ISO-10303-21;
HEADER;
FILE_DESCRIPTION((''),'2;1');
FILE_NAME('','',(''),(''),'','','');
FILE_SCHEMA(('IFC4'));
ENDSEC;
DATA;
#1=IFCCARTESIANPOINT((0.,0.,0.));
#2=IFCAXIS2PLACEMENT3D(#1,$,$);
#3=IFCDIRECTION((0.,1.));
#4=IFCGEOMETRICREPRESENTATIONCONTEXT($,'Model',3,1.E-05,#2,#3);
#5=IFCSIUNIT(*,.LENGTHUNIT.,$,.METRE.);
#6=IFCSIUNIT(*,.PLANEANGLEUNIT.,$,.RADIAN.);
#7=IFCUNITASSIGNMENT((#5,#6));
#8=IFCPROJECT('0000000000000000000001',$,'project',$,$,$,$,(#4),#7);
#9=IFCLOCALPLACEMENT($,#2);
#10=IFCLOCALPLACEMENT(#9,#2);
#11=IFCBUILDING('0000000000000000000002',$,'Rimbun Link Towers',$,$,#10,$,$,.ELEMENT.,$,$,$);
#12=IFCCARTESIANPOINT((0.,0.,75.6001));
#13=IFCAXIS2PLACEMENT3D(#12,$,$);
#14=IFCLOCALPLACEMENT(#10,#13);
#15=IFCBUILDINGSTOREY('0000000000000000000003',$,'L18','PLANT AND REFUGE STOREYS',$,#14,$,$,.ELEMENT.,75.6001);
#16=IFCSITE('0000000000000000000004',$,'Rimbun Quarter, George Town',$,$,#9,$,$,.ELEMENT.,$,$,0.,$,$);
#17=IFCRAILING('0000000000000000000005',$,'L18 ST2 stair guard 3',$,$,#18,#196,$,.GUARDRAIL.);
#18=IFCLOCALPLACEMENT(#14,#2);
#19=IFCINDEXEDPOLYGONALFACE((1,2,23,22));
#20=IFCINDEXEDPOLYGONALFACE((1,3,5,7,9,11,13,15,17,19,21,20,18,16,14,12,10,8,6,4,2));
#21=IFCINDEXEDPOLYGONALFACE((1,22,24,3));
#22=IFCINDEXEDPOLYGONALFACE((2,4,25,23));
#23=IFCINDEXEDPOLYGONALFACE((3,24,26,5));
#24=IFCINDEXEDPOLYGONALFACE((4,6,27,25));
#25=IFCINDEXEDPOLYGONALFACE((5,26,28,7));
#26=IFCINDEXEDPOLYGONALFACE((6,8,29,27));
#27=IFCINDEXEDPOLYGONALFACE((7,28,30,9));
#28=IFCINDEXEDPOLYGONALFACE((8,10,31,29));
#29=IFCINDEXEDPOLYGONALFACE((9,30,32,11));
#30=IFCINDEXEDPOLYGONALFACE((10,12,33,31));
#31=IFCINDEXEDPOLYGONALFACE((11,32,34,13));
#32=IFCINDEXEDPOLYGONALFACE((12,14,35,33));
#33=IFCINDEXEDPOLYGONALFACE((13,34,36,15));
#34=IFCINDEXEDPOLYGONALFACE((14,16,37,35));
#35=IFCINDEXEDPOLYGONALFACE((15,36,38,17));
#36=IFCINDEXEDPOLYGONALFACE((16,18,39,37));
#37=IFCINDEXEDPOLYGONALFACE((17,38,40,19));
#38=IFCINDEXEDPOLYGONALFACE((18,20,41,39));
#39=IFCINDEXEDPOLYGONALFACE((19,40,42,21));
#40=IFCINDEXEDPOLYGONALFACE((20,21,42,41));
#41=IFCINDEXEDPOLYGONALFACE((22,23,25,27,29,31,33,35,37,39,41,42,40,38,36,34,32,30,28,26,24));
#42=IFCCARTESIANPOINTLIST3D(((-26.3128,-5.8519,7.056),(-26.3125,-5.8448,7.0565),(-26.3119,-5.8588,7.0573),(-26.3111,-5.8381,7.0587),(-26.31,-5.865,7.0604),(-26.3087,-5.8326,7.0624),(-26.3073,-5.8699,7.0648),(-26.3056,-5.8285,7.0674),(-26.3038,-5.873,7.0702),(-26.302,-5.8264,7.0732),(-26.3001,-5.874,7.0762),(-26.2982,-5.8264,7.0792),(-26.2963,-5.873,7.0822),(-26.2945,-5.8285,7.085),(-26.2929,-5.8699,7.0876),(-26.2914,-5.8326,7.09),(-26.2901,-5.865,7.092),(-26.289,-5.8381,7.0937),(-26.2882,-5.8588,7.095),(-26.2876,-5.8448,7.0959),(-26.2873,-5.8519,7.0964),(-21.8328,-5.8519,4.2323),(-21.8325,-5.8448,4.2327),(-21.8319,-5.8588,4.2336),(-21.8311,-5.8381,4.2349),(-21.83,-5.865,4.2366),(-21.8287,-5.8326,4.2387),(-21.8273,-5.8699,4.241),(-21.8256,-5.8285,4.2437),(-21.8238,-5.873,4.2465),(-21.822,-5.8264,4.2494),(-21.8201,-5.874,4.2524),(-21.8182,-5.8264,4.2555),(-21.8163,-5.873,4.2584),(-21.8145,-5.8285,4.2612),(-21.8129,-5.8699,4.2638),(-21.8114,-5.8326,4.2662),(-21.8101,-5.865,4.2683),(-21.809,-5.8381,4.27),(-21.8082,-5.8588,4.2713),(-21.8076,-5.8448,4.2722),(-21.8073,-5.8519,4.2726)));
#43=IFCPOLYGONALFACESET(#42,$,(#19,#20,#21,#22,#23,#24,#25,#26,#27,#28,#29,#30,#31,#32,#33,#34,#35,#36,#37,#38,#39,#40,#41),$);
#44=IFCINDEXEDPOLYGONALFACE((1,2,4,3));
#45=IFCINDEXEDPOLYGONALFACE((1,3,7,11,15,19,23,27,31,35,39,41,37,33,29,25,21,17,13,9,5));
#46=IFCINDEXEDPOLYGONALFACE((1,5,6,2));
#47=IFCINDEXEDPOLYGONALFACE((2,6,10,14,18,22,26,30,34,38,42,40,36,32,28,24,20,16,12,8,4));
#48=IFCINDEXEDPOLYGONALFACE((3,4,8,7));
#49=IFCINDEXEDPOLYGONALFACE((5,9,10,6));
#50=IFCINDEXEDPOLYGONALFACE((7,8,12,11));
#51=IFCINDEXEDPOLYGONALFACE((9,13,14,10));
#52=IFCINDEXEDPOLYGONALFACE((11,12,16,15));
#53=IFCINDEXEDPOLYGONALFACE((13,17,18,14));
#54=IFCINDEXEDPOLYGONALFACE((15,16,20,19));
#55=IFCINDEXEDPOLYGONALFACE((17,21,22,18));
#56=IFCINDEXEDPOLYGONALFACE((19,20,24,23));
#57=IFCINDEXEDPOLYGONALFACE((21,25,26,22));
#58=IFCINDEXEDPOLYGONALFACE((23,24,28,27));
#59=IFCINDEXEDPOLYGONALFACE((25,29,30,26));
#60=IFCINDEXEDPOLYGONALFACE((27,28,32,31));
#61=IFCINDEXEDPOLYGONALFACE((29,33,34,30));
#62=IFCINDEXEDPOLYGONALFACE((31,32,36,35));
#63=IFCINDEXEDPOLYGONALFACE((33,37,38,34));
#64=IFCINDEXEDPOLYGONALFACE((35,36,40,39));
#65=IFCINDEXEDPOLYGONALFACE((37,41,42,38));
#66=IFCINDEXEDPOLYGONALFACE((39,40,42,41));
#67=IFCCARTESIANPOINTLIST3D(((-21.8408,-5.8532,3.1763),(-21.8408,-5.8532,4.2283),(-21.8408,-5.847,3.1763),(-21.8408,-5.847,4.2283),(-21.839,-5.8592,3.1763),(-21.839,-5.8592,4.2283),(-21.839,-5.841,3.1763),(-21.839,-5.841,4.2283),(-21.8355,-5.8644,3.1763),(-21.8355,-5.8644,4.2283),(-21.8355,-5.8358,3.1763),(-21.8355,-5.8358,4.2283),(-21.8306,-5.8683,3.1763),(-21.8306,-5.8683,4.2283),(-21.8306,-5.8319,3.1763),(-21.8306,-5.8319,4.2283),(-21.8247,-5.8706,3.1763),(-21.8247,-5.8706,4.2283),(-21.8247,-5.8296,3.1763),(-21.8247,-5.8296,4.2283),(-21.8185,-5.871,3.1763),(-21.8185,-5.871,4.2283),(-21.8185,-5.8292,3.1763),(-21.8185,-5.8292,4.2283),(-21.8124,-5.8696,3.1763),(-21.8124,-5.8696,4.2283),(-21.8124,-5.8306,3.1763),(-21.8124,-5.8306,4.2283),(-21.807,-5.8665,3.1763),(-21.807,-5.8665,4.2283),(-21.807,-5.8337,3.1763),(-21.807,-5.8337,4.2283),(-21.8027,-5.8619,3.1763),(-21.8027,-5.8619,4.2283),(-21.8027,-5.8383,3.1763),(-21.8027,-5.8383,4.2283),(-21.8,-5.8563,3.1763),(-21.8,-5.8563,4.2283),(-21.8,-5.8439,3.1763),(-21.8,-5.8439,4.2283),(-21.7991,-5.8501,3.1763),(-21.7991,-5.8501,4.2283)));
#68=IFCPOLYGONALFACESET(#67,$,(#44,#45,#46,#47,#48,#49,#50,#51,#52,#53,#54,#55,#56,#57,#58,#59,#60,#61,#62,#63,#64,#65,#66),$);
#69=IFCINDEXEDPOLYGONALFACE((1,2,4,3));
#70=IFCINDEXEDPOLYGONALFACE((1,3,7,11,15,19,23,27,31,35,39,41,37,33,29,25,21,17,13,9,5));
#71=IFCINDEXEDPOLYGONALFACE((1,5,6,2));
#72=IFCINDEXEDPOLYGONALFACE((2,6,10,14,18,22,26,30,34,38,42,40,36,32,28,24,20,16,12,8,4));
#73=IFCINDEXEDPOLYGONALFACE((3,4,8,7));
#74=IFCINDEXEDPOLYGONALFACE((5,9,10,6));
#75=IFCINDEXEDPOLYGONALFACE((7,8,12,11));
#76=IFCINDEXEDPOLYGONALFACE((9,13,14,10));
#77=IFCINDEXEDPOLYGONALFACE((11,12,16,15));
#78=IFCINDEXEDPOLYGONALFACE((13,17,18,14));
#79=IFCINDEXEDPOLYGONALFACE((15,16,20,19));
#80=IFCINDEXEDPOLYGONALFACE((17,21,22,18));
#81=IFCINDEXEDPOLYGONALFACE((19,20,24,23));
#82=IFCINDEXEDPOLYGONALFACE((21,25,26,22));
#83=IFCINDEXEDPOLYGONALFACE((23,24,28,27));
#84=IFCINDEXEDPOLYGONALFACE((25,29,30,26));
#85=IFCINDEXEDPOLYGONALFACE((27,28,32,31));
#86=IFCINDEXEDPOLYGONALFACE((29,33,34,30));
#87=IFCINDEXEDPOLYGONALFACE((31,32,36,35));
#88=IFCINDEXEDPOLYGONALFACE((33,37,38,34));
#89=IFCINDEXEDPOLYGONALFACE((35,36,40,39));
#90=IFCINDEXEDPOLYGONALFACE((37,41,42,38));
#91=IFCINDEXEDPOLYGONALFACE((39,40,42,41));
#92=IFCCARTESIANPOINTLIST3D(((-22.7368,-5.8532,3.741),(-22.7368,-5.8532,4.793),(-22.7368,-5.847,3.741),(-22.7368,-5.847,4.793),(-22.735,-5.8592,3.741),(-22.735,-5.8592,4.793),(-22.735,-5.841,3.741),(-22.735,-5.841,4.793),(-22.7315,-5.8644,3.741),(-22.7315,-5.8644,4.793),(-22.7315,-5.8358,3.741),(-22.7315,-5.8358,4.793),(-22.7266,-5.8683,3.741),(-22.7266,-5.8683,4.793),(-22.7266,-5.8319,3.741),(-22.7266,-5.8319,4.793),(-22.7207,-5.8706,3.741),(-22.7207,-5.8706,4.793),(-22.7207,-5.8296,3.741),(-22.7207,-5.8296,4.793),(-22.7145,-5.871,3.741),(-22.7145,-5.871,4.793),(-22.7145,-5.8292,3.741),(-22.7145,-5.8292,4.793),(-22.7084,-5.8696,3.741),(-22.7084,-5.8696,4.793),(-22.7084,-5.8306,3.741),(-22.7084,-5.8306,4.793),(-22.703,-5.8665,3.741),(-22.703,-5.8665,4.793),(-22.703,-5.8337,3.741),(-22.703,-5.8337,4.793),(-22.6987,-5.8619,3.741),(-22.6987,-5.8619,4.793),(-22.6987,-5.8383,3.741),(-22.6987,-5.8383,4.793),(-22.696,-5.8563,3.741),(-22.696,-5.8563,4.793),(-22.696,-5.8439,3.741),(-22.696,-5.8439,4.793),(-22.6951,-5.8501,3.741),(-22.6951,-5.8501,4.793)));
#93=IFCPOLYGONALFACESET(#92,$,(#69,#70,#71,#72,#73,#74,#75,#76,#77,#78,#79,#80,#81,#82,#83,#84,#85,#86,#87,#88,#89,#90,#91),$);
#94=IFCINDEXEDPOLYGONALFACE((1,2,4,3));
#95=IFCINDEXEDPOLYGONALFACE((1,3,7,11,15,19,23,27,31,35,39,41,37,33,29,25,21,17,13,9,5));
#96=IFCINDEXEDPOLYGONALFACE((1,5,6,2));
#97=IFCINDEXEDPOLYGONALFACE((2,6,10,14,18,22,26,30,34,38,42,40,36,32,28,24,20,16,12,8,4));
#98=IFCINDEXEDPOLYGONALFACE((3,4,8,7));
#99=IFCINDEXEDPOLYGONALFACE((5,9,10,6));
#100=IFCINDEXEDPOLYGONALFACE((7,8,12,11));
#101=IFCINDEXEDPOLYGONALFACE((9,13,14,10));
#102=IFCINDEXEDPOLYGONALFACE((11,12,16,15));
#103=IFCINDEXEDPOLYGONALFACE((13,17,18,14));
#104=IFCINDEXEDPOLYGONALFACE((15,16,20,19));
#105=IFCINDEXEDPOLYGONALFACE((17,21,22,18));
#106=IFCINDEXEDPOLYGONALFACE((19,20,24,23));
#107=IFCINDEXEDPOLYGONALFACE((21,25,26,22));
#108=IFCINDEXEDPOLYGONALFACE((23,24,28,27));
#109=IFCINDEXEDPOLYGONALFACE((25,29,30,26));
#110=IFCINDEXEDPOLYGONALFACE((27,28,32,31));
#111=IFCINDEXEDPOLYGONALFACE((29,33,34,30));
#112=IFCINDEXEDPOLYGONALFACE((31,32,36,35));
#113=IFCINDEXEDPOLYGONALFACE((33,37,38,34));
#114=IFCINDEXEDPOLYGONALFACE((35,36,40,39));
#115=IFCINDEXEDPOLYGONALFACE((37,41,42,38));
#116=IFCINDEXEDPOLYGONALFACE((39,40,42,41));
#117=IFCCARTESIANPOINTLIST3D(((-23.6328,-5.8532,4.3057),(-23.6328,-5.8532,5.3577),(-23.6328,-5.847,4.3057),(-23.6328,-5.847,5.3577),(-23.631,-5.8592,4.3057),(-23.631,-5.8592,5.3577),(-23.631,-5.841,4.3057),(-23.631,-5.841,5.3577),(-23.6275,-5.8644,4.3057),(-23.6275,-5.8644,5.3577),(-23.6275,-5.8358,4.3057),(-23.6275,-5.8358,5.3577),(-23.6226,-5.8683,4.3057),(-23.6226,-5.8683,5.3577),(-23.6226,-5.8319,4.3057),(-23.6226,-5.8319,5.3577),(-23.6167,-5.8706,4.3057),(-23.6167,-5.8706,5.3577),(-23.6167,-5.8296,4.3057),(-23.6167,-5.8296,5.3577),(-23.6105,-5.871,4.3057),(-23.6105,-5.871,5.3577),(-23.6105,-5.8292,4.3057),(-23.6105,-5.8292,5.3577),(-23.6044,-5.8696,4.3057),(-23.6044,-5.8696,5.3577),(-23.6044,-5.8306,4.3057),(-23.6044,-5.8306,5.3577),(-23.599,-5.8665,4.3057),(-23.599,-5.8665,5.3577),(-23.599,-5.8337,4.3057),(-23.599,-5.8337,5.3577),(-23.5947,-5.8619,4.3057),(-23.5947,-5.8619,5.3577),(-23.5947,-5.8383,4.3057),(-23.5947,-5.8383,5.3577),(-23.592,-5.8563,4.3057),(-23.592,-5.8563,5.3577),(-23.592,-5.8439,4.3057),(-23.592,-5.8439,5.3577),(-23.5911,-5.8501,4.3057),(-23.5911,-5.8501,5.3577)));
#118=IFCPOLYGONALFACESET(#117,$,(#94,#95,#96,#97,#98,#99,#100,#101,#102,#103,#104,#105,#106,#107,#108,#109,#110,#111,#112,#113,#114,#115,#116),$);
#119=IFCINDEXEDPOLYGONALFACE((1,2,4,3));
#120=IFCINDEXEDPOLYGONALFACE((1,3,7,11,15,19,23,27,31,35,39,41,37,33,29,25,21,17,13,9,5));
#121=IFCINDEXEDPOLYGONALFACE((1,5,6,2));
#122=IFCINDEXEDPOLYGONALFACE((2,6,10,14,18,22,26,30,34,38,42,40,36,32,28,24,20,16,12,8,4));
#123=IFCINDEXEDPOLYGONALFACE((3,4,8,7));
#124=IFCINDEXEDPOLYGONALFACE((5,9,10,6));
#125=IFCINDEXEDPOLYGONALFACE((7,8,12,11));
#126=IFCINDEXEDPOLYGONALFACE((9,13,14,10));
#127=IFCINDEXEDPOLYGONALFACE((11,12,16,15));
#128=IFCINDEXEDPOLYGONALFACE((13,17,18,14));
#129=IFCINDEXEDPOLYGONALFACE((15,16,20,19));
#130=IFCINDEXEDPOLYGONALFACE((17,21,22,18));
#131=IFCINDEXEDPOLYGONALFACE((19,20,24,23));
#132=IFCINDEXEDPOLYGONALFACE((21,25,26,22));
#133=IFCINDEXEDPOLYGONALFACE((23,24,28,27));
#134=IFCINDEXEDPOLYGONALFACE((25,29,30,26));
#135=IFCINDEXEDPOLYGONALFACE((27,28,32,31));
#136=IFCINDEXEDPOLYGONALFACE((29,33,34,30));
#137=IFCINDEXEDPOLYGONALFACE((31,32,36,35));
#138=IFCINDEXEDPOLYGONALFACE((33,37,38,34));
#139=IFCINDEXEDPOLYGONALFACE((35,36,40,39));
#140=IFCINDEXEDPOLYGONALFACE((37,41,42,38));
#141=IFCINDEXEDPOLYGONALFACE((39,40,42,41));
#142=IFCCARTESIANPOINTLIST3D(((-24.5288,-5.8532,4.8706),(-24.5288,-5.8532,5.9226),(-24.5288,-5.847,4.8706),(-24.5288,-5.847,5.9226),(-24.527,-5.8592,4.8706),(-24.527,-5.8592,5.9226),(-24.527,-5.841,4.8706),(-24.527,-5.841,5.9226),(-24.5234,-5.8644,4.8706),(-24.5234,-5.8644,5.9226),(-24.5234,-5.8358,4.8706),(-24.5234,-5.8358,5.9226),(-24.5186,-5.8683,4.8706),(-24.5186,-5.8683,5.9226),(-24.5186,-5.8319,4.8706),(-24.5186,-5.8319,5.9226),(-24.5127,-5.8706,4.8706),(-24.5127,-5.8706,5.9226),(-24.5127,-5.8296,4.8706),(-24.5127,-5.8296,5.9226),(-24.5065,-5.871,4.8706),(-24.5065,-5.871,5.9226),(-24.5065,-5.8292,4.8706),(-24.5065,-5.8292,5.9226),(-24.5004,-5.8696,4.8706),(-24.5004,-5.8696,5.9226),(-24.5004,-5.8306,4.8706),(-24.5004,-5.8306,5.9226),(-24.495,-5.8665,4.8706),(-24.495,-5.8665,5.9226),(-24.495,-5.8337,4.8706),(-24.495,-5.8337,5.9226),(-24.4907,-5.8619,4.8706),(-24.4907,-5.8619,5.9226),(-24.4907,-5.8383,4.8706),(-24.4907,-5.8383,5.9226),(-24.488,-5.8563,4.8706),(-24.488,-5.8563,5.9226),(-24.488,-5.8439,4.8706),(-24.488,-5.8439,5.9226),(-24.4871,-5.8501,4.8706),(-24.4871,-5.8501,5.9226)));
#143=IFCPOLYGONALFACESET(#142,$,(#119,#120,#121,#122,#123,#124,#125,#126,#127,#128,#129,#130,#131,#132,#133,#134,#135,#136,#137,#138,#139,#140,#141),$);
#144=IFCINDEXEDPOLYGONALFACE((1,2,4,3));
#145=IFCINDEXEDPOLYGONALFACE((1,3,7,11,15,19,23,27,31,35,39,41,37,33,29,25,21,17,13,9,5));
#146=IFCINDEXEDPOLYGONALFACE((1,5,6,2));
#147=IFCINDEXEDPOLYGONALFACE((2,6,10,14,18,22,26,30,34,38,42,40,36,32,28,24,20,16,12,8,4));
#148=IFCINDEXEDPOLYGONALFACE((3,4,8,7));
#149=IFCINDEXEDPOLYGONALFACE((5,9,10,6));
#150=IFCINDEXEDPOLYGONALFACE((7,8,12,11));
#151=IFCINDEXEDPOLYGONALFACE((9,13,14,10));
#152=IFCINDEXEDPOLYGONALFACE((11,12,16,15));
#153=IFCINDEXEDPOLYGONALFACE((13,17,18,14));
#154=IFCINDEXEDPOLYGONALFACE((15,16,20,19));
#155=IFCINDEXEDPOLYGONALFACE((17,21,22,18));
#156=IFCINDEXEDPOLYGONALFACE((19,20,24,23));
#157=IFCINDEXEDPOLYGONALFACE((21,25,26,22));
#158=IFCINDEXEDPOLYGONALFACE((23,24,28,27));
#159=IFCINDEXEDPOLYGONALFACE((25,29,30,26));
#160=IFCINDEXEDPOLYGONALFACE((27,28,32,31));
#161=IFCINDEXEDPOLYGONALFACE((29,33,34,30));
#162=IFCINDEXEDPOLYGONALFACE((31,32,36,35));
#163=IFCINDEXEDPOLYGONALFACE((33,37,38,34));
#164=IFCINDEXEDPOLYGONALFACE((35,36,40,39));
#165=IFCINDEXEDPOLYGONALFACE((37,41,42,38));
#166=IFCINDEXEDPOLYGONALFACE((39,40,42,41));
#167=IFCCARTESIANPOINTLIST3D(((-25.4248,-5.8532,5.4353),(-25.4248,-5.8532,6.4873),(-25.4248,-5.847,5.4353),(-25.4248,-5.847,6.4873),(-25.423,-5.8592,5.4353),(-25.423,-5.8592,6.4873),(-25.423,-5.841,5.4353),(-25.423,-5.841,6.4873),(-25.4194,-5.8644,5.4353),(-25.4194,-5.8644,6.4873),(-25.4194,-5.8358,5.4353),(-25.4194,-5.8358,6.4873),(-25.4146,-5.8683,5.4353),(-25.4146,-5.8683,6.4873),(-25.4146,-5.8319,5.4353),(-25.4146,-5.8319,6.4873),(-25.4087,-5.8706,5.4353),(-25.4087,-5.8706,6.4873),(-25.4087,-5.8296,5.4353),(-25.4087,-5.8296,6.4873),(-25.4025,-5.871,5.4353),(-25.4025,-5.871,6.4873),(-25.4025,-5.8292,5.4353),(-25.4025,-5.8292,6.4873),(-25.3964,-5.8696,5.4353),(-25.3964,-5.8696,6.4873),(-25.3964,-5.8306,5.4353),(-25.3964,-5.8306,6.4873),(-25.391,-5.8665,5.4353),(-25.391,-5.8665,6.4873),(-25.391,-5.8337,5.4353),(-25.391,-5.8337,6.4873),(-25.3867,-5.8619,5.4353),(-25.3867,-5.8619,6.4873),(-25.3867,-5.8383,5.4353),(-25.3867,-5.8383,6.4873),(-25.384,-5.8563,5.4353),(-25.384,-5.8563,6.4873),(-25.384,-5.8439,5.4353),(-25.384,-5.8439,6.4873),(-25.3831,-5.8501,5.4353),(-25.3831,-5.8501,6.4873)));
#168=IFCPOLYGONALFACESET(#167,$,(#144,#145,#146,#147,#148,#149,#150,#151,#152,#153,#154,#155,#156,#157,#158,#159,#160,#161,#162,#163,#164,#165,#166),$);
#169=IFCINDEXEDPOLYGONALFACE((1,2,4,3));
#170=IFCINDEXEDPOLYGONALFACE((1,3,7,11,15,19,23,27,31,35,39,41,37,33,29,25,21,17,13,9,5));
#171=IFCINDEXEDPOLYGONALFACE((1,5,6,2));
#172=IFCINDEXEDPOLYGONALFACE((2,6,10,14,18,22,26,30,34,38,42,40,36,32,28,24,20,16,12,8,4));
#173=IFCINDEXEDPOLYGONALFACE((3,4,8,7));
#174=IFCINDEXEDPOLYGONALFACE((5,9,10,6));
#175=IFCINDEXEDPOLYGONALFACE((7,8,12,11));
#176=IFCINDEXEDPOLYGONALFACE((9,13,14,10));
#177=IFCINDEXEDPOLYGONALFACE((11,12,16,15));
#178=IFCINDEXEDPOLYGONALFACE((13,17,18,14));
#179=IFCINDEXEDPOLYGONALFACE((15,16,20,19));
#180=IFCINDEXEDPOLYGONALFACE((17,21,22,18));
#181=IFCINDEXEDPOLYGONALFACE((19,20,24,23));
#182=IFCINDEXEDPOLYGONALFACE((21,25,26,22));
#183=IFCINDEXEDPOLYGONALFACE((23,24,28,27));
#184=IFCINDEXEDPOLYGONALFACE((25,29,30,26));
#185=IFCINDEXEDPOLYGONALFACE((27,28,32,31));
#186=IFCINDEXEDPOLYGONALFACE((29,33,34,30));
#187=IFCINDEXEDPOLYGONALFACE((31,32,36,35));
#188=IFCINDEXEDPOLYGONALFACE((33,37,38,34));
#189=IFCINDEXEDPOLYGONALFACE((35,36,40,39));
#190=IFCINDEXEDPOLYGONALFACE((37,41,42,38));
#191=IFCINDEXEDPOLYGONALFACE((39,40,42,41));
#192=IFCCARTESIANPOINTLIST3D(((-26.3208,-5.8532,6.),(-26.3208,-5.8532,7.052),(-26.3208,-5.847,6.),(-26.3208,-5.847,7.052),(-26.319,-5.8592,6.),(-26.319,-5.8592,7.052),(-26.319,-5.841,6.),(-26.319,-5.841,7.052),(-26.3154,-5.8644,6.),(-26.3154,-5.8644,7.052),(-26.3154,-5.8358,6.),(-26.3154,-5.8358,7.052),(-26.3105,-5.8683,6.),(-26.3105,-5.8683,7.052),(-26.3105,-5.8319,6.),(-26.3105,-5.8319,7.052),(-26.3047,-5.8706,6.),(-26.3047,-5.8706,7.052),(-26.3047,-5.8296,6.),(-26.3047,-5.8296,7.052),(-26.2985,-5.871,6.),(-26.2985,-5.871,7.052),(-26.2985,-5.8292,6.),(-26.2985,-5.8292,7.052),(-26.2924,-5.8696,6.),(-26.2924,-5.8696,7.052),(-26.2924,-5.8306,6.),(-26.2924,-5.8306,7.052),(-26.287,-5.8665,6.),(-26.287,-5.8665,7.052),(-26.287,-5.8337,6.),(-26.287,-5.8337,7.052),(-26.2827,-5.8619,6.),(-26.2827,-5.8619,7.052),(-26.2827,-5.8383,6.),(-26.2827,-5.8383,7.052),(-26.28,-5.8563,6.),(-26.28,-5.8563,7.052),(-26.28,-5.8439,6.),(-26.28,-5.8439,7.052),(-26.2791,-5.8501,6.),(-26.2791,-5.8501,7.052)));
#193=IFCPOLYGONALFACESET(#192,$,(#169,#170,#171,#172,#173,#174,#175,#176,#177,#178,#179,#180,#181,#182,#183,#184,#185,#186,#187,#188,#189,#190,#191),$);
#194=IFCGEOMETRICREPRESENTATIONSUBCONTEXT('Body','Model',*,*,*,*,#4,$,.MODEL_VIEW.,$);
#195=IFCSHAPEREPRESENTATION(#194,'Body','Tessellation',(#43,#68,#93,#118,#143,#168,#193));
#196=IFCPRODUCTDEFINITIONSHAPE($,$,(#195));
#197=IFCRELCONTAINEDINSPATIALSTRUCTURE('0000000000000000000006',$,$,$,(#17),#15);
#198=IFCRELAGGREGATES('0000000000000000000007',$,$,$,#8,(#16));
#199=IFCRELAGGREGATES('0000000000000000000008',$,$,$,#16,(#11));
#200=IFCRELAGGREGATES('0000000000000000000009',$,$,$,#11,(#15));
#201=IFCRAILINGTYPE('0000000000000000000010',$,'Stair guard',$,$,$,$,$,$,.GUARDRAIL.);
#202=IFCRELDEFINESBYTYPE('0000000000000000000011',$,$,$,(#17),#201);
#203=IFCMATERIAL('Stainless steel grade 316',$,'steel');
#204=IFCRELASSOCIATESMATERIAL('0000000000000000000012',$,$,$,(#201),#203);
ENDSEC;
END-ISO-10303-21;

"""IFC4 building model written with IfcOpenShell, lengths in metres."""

from ifc_helpers import new_model, si_unit, direction, frame, origin, origin_2d, place, context, subcontext, project, spatial, circle, extrude, material, type_object, element, save


model = new_model("IFC4")

# Units and contexts
model_context = context("Model", 3, precision=1e-05, world=origin(), true_north=direction((0.0, 1.0)))
body_context = subcontext(model_context, "Body", "Model", "MODEL_VIEW")
ifc_project = project(units=[si_unit("LENGTHUNIT", "METRE"), si_unit("PLANEANGLEUNIT", "RADIAN")], contexts=[model_context])

# Site, building, storey
site_placement = place(None, origin())
site = spatial("IfcSite", under=ifc_project, at=site_placement, Name="Rimbun Quarter, George Town", CompositionType="ELEMENT", RefElevation=0.0)
building_placement = place(site_placement, origin())
building = spatial("IfcBuilding", under=site, at=building_placement, Name="Rimbun Link Towers", CompositionType="ELEMENT")
storey_placement = place(building_placement, frame((0.0, 0.0, 75.6001)))
storey = spatial("IfcBuildingStorey", under=building, at=storey_placement, Name="L18", Description="PLANT AND REFUGE STOREYS", CompositionType="ELEMENT", Elevation=75.6001)

# Railing
ifc_material_1 = material(Name="Stainless steel grade 316", Category="steel")
railing_type_1 = type_object("IfcRailingType", Name="Stair guard", PredefinedType="GUARDRAIL", material=ifc_material_1)
railing_1_placement = place(storey_placement, frame((-21.8201, -5.8501, 3.1763)))
element("IfcRailing", 1, at=railing_1_placement, inside=storey, type_object=railing_type_1, Name="L18 ST2 stair guard 3", PredefinedType="GUARDRAIL", context=body_context, shape_type="SweptSolid", body=[
    extrude(circle(Radius=0.0239, at=origin_2d()), frame((0.0, 0.0, 1.0762), z_axis=(-0.845977, 0.0, 0.533219), x_axis=(0.0, -1.0, 0.0)), (0.0, 0.0, 1.0), 5.2957),
    extrude(circle(Radius=0.021, at=origin_2d()), origin(), (0.0, 0.0, 1.0), 1.052),
    extrude(circle(Radius=0.021, at=origin_2d()), frame((-0.896, 0.0, 0.5647)), (0.0, 0.0, 1.0), 1.052),
    extrude(circle(Radius=0.021, at=origin_2d()), frame((-1.792, 0.0, 1.1294)), (0.0, 0.0, 1.0), 1.052),
    extrude(circle(Radius=0.021, at=origin_2d()), frame((-2.688, 0.0, 1.6943)), (0.0, 0.0, 1.0), 1.052),
    extrude(circle(Radius=0.021, at=origin_2d()), frame((-3.584, 0.0, 2.259)), (0.0, 0.0, 1.0), 1.052),
    extrude(circle(Radius=0.021, at=origin_2d()), frame((-4.48, 0.0, 2.8237)), (0.0, 0.0, 1.0), 1.052),
])

save(model, "model.ifc")
